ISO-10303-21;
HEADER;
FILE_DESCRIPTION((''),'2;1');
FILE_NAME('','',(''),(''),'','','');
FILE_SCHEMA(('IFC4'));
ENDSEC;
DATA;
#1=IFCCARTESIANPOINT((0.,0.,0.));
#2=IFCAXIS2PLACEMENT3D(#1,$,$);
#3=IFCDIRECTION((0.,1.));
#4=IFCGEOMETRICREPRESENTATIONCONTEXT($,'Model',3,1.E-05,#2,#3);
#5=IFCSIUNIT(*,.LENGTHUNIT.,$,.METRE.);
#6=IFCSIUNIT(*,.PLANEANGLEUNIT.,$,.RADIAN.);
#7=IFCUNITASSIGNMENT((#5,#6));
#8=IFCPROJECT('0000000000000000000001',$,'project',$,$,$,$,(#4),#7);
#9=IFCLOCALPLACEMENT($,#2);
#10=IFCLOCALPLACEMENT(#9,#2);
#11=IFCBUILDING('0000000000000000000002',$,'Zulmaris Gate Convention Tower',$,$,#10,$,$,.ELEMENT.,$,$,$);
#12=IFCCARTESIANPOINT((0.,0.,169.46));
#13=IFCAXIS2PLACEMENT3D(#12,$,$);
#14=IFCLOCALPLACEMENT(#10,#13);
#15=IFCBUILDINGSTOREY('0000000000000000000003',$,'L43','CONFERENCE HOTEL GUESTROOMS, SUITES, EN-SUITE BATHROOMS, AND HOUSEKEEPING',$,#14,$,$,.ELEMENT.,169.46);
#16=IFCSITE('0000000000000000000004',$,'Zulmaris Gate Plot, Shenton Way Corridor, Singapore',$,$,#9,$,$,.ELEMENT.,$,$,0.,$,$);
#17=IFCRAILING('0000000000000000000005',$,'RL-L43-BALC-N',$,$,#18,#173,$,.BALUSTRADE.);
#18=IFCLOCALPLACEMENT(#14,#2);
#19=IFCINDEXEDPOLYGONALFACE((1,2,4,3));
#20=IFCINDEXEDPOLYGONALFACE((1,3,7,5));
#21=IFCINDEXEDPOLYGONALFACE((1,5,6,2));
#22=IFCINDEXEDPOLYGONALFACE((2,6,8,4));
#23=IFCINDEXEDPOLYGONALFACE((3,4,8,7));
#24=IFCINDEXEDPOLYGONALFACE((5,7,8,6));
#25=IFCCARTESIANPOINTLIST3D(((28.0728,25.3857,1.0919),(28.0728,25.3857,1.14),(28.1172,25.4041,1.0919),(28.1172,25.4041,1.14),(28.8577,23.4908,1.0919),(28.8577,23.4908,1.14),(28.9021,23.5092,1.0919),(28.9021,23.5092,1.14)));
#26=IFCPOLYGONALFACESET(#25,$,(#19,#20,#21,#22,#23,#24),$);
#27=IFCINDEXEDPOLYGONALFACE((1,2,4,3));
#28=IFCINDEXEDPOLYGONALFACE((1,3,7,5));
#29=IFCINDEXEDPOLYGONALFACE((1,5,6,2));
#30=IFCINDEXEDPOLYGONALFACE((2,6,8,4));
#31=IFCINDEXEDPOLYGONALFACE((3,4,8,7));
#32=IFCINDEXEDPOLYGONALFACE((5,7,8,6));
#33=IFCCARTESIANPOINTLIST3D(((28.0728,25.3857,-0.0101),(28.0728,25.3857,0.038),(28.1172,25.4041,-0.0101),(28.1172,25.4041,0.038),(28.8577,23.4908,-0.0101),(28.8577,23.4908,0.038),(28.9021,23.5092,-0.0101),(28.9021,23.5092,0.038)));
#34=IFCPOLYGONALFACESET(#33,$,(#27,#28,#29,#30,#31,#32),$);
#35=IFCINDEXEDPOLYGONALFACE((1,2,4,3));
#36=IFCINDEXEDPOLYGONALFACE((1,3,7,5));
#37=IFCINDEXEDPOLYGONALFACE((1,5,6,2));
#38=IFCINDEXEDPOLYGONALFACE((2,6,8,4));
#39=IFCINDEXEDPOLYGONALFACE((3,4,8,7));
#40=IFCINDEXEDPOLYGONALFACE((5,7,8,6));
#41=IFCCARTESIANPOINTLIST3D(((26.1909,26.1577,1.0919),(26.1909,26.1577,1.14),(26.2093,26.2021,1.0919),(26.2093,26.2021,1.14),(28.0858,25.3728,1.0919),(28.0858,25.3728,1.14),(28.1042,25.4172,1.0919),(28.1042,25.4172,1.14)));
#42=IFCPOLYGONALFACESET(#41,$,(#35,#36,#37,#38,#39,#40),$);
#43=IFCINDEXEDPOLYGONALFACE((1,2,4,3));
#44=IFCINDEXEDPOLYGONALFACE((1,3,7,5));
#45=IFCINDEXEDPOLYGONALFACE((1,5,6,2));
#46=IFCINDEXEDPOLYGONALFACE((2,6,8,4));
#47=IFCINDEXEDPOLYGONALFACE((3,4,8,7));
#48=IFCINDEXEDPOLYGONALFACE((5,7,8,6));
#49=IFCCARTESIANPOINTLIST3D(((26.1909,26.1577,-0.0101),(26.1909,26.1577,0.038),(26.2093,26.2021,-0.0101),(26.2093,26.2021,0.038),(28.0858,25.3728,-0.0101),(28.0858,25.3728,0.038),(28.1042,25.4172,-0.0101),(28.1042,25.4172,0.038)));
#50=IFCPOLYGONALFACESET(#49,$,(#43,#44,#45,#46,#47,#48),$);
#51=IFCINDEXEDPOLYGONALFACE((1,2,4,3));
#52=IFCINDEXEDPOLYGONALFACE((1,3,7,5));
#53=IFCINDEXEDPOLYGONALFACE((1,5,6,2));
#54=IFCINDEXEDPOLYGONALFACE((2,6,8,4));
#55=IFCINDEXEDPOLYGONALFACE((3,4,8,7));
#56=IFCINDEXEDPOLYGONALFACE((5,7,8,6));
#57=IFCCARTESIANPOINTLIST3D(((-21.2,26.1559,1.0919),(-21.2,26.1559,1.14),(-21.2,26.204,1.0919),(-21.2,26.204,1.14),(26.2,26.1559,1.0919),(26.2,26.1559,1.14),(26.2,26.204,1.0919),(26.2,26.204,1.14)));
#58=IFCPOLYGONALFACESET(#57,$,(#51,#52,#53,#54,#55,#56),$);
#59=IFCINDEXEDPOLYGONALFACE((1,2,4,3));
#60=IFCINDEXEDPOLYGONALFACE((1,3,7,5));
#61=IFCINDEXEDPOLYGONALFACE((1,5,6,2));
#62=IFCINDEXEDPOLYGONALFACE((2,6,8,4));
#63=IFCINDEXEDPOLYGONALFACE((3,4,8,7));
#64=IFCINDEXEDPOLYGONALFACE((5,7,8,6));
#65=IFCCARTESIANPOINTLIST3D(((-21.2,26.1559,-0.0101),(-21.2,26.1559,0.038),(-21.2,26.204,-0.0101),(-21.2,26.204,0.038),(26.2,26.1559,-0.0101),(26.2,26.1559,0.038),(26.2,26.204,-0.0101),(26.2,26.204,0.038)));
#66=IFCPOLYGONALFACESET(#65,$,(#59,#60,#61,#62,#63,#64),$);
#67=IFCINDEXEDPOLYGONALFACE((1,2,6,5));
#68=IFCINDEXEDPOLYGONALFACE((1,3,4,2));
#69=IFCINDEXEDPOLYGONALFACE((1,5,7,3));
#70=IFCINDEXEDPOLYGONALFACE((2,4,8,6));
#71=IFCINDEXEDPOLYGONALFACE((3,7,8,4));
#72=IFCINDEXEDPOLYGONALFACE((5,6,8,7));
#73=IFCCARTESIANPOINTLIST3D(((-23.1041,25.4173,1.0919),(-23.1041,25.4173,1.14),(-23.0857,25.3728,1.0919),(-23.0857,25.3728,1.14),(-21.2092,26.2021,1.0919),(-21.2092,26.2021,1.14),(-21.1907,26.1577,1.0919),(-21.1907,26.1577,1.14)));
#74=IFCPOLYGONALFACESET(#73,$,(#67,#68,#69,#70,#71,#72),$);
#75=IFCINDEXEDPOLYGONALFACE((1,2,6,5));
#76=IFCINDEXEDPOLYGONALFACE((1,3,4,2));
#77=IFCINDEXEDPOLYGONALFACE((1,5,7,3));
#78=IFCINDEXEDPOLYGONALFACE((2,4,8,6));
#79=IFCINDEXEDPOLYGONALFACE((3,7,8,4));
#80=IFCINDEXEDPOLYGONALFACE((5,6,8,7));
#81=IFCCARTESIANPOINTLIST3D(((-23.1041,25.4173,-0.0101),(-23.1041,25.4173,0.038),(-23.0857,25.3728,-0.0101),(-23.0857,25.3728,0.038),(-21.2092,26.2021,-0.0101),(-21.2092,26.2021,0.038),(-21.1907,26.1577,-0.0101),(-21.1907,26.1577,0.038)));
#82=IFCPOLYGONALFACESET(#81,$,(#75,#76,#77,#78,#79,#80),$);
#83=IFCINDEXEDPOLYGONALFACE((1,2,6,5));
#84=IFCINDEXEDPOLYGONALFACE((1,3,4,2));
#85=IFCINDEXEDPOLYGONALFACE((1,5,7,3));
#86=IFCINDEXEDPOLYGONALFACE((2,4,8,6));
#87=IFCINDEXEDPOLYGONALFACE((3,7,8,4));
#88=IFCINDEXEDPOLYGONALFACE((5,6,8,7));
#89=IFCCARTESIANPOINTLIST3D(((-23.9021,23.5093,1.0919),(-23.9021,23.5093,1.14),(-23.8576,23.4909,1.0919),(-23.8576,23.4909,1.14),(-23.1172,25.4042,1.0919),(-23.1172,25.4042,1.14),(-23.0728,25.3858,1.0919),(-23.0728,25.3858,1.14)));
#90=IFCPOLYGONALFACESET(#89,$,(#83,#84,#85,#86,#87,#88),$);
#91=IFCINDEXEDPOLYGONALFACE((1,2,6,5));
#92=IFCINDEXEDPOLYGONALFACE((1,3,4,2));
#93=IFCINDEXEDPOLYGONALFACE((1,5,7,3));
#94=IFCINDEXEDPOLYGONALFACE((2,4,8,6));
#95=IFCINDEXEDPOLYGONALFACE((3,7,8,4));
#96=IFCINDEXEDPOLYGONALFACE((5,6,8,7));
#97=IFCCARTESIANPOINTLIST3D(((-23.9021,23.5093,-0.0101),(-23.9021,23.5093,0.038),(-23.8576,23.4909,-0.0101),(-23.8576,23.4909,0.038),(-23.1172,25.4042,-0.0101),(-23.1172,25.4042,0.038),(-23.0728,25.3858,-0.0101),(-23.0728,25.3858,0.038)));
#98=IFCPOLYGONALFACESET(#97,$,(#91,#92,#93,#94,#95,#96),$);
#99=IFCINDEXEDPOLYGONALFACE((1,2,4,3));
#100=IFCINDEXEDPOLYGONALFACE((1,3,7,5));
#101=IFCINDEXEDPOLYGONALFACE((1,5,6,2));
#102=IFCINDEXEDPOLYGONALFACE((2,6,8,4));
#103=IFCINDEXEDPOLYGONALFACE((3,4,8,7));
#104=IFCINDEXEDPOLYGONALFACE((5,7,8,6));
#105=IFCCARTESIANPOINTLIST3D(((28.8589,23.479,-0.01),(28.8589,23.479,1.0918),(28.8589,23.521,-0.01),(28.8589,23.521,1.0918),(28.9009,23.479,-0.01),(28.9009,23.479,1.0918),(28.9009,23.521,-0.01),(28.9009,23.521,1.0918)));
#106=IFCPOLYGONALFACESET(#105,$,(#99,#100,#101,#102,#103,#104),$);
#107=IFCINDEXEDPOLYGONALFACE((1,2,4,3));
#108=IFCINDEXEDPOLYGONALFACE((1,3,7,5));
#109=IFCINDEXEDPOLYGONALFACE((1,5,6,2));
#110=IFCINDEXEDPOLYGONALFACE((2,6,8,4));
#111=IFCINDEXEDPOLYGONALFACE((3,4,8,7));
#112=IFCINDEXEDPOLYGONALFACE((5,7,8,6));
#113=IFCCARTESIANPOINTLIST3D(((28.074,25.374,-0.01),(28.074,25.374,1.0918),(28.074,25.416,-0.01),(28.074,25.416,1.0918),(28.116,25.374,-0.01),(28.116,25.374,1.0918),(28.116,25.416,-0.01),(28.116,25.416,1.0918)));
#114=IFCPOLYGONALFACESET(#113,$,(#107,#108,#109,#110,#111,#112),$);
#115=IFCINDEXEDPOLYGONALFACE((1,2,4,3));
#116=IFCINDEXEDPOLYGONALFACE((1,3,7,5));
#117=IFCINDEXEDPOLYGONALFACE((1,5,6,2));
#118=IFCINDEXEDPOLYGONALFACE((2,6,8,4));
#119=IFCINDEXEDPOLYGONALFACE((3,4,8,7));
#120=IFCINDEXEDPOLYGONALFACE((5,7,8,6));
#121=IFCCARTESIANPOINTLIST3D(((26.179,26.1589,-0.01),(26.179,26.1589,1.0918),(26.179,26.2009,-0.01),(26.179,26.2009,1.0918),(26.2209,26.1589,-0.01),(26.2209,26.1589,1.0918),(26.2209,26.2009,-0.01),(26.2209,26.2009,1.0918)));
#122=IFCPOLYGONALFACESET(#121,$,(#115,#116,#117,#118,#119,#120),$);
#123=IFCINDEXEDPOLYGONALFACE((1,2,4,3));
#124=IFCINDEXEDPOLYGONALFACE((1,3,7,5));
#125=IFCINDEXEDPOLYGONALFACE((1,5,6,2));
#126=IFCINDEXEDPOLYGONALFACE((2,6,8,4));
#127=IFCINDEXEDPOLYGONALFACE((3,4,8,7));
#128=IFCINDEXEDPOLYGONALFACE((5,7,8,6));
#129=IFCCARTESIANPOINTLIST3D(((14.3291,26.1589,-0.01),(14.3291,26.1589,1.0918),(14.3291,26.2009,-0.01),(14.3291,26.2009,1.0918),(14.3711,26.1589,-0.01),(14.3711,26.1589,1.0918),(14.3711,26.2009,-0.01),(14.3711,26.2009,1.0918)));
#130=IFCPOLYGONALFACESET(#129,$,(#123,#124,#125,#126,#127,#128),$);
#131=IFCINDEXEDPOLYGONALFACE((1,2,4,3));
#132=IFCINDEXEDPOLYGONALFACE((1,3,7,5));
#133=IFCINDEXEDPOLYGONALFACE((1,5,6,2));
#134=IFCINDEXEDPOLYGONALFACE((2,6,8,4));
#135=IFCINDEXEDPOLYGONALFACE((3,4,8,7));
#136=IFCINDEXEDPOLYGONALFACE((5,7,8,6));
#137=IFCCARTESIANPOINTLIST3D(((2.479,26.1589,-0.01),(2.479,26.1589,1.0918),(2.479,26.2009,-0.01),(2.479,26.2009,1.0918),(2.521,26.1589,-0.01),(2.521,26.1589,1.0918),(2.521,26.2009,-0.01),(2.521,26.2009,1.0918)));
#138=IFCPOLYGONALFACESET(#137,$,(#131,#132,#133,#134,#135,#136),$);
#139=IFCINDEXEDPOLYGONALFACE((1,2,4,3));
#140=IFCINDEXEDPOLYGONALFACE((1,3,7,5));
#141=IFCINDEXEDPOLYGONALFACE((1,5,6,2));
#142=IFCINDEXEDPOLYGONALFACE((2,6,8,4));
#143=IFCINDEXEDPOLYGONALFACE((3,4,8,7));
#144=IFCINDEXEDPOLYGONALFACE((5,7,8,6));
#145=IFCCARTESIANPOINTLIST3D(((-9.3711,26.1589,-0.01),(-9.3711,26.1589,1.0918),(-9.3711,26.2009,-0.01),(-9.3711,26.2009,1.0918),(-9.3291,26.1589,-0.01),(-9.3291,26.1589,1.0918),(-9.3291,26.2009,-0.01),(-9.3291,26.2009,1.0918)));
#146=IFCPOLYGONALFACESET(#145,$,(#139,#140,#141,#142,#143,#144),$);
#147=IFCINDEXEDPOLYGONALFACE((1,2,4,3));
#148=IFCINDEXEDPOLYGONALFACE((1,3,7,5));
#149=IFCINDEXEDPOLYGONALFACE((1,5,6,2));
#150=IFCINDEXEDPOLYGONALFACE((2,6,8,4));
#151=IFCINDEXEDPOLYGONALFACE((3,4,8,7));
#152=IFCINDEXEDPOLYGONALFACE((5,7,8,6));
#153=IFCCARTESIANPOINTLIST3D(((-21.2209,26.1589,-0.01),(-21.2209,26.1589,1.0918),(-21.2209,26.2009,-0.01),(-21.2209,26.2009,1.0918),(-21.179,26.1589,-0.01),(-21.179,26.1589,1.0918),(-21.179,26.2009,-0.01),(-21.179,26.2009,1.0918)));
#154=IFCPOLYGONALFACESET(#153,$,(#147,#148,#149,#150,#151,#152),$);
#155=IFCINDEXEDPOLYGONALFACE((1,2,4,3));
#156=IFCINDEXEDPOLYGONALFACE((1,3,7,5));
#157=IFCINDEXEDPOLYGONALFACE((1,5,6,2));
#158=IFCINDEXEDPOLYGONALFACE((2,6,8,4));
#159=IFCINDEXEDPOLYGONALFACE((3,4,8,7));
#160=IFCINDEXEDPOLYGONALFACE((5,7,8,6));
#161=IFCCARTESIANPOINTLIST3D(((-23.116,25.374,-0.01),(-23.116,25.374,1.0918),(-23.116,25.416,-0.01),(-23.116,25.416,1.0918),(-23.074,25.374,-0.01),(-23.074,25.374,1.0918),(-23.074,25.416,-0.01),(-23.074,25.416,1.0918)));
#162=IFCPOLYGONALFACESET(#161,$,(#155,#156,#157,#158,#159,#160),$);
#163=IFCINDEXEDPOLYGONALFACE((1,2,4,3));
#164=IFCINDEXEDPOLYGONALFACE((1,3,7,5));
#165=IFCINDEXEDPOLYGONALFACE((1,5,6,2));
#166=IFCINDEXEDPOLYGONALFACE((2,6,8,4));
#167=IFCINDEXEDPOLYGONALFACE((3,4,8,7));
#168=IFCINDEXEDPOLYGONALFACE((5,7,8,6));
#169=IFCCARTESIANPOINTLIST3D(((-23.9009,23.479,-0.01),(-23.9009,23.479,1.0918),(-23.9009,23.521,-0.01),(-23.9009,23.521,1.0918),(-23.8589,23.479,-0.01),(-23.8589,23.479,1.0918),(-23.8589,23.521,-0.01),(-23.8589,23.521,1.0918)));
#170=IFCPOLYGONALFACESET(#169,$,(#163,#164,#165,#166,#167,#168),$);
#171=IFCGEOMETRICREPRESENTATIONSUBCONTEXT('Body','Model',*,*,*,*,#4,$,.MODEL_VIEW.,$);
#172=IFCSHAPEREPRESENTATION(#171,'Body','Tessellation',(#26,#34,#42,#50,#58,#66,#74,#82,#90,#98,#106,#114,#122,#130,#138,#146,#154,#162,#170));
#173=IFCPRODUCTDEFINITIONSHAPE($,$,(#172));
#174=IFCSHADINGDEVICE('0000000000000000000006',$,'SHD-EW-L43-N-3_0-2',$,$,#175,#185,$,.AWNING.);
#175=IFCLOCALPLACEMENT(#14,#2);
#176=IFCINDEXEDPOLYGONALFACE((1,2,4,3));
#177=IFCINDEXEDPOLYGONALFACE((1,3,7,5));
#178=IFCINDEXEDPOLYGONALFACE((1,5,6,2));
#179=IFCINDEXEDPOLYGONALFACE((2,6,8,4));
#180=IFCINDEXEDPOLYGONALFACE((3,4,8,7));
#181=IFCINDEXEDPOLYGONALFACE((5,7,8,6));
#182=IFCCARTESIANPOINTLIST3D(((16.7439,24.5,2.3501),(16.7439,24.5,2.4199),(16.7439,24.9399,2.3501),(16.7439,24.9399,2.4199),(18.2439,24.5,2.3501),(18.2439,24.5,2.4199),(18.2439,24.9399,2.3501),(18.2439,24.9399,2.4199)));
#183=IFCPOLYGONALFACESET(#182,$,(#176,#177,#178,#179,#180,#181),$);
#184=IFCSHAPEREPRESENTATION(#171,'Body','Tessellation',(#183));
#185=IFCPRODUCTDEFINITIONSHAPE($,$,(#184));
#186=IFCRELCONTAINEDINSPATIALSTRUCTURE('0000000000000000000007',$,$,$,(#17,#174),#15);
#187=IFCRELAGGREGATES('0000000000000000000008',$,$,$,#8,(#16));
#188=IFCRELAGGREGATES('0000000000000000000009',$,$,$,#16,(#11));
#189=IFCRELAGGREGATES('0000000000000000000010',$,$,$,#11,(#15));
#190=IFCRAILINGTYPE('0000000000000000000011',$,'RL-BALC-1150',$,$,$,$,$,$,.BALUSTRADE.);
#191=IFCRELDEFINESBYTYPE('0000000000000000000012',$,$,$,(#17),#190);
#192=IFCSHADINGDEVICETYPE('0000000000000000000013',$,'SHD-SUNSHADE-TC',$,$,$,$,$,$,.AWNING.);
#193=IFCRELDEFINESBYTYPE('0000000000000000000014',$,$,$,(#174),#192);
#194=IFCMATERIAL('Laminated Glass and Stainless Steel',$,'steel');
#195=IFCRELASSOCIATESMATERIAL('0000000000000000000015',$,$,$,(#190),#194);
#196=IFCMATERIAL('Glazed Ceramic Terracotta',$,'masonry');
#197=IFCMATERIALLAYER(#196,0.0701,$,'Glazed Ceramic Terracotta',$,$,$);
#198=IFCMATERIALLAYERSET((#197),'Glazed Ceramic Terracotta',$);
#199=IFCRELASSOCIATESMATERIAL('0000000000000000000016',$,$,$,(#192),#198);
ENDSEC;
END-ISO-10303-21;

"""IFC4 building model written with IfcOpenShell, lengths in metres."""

from ifc_helpers import new_model, si_unit, direction, frame, frame_2d, origin, origin_2d, place, context, subcontext, project, spatial, rectangle, extrude, material, layer, layer_set, type_object, element, save


model = new_model("IFC4")

# Units and contexts
model_context = context("Model", 3, precision=1e-05, world=origin(), true_north=direction((0.0, 1.0)))
body_context = subcontext(model_context, "Body", "Model", "MODEL_VIEW")
ifc_project = project(units=[si_unit("LENGTHUNIT", "METRE"), si_unit("PLANEANGLEUNIT", "RADIAN")], contexts=[model_context])

# Site, building, storey
site_placement = place(None, origin())
site = spatial("IfcSite", under=ifc_project, at=site_placement, Name="Zulmaris Gate Plot, Shenton Way Corridor, Singapore", CompositionType="ELEMENT", RefElevation=0.0)
building_placement = place(site_placement, origin())
building = spatial("IfcBuilding", under=site, at=building_placement, Name="Zulmaris Gate Convention Tower", CompositionType="ELEMENT")
storey_placement = place(building_placement, frame((0.0, 0.0, 169.46)))
storey = spatial("IfcBuildingStorey", under=building, at=storey_placement, Name="L43", Description="CONFERENCE HOTEL GUESTROOMS, SUITES, EN-SUITE BATHROOMS, AND HOUSEKEEPING", CompositionType="ELEMENT", Elevation=169.46)

# Railing
ifc_material_1 = material(Name="Laminated Glass and Stainless Steel", Category="steel")
railing_type = type_object("IfcRailingType", Name="RL-BALC-1150", PredefinedType="BALUSTRADE", material=ifc_material_1)
railing_placement = place(storey_placement, frame((28.8799, 23.5, -0.01)))
element("IfcRailing", 1, at=railing_placement, inside=storey, type_object=railing_type, Name="RL-L43-BALC-N", PredefinedType="BALUSTRADE", context=body_context, shape_type="SweptSolid", body=[
    extrude(rectangle(XDim=0.0481, YDim=0.0481, at=origin_2d()), frame((0.0, 0.0, 1.126), z_axis=(-0.382671, 0.923885, 0.0), x_axis=(-0.923885, -0.382671, 0.0)), (0.0, 0.0, 1.0), 2.051),
    extrude(rectangle(XDim=0.0481, YDim=0.0481, at=origin_2d()), frame((0.0, 0.0, 0.0239), z_axis=(-0.382671, 0.923885, 0.0), x_axis=(-0.923885, -0.382671, 0.0)), (0.0, 0.0, 1.0), 2.051),
    extrude(rectangle(XDim=0.0481, YDim=0.0481, at=origin_2d()), frame((-0.7849, 1.895, 1.126), z_axis=(-0.923885, 0.382671, 0.0), x_axis=(-0.382671, -0.923885, 0.0)), (0.0, 0.0, 1.0), 2.051),
    extrude(rectangle(XDim=0.0481, YDim=0.0481, at=origin_2d()), frame((-0.7849, 1.895, 0.0239), z_axis=(-0.923885, 0.382671, 0.0), x_axis=(-0.382671, -0.923885, 0.0)), (0.0, 0.0, 1.0), 2.051),
    extrude(rectangle(XDim=0.0481, YDim=0.0481, at=origin_2d()), frame((-2.6799, 2.6799, 1.126), z_axis=(-1.0, 0.0, 0.0), x_axis=(0.0, -1.0, 0.0)), (0.0, 0.0, 1.0), 47.3999),
    extrude(rectangle(XDim=0.0481, YDim=0.0481, at=origin_2d()), frame((-2.6799, 2.6799, 0.0239), z_axis=(-1.0, 0.0, 0.0), x_axis=(0.0, -1.0, 0.0)), (0.0, 0.0, 1.0), 47.3999),
    extrude(rectangle(XDim=0.0481, YDim=0.0481, at=origin_2d()), frame((-50.0798, 2.6799, 1.126), z_axis=(-0.923885, -0.382671, 0.0), x_axis=(0.382671, -0.923885, 0.0)), (0.0, 0.0, 1.0), 2.051),
    extrude(rectangle(XDim=0.0481, YDim=0.0481, at=origin_2d()), frame((-50.0798, 2.6799, 0.0239), z_axis=(-0.923885, -0.382671, 0.0), x_axis=(0.382671, -0.923885, 0.0)), (0.0, 0.0, 1.0), 2.051),
    extrude(rectangle(XDim=0.0481, YDim=0.0481, at=origin_2d()), frame((-51.9749, 1.895, 1.126), z_axis=(-0.382671, -0.923885, 0.0), x_axis=(0.923885, -0.382671, 0.0)), (0.0, 0.0, 1.0), 2.051),
    extrude(rectangle(XDim=0.0481, YDim=0.0481, at=origin_2d()), frame((-51.9749, 1.895, 0.0239), z_axis=(-0.382671, -0.923885, 0.0), x_axis=(0.923885, -0.382671, 0.0)), (0.0, 0.0, 1.0), 2.051),
    extrude(rectangle(XDim=0.042, YDim=0.042, at=origin_2d()), origin(), (0.0, 0.0, 1.0), 1.1018),
    extrude(rectangle(XDim=0.042, YDim=0.042, at=origin_2d()), frame((-0.7849, 1.895, 0.0)), (0.0, 0.0, 1.0), 1.1018),
    extrude(rectangle(XDim=0.042, YDim=0.042, at=origin_2d()), frame((-2.6799, 2.6799, 0.0)), (0.0, 0.0, 1.0), 1.1018),
    extrude(rectangle(XDim=0.042, YDim=0.042, at=origin_2d()), frame((-14.5298, 2.6799, 0.0)), (0.0, 0.0, 1.0), 1.1018),
    extrude(rectangle(XDim=0.042, YDim=0.042, at=origin_2d()), frame((-26.3799, 2.6799, 0.0)), (0.0, 0.0, 1.0), 1.1018),
    extrude(rectangle(XDim=0.042, YDim=0.042, at=origin_2d()), frame((-38.23, 2.6799, 0.0)), (0.0, 0.0, 1.0), 1.1018),
    extrude(rectangle(XDim=0.042, YDim=0.042, at=origin_2d()), frame((-50.0798, 2.6799, 0.0)), (0.0, 0.0, 1.0), 1.1018),
    extrude(rectangle(XDim=0.042, YDim=0.042, at=origin_2d()), frame((-51.9749, 1.895, 0.0)), (0.0, 0.0, 1.0), 1.1018),
    extrude(rectangle(XDim=0.042, YDim=0.042, at=origin_2d()), frame((-52.7598, 0.0, 0.0)), (0.0, 0.0, 1.0), 1.1018),
])

# Shading device
ifc_material_2 = material(Name="Glazed Ceramic Terracotta", Category="masonry")
ifc_layer_1 = layer(ifc_material_2, 0.0701, Name="Glazed Ceramic Terracotta")
ifc_layer_set_1 = layer_set([ifc_layer_1], Name="Glazed Ceramic Terracotta")
shading_device_type = type_object("IfcShadingDeviceType", Name="SHD-SUNSHADE-TC", PredefinedType="AWNING", material=ifc_layer_set_1)
shading_device_placement = place(storey_placement, frame((18.2439, 24.72, 2.3501), z_axis=(0.0, 0.0, 1.0), x_axis=(-1.0, 0.0, 0.0)))
element("IfcShadingDevice", 2, at=shading_device_placement, inside=storey, type_object=shading_device_type, Name="SHD-EW-L43-N-3_0-2", PredefinedType="AWNING", context=body_context, shape_type="SweptSolid", body=[
    extrude(rectangle(XDim=1.5, YDim=0.4399, at=frame_2d((0.75, 0.0))), origin(), (0.0, 0.0, 1.0), 0.0698),
])

save(model, "model.ifc")
